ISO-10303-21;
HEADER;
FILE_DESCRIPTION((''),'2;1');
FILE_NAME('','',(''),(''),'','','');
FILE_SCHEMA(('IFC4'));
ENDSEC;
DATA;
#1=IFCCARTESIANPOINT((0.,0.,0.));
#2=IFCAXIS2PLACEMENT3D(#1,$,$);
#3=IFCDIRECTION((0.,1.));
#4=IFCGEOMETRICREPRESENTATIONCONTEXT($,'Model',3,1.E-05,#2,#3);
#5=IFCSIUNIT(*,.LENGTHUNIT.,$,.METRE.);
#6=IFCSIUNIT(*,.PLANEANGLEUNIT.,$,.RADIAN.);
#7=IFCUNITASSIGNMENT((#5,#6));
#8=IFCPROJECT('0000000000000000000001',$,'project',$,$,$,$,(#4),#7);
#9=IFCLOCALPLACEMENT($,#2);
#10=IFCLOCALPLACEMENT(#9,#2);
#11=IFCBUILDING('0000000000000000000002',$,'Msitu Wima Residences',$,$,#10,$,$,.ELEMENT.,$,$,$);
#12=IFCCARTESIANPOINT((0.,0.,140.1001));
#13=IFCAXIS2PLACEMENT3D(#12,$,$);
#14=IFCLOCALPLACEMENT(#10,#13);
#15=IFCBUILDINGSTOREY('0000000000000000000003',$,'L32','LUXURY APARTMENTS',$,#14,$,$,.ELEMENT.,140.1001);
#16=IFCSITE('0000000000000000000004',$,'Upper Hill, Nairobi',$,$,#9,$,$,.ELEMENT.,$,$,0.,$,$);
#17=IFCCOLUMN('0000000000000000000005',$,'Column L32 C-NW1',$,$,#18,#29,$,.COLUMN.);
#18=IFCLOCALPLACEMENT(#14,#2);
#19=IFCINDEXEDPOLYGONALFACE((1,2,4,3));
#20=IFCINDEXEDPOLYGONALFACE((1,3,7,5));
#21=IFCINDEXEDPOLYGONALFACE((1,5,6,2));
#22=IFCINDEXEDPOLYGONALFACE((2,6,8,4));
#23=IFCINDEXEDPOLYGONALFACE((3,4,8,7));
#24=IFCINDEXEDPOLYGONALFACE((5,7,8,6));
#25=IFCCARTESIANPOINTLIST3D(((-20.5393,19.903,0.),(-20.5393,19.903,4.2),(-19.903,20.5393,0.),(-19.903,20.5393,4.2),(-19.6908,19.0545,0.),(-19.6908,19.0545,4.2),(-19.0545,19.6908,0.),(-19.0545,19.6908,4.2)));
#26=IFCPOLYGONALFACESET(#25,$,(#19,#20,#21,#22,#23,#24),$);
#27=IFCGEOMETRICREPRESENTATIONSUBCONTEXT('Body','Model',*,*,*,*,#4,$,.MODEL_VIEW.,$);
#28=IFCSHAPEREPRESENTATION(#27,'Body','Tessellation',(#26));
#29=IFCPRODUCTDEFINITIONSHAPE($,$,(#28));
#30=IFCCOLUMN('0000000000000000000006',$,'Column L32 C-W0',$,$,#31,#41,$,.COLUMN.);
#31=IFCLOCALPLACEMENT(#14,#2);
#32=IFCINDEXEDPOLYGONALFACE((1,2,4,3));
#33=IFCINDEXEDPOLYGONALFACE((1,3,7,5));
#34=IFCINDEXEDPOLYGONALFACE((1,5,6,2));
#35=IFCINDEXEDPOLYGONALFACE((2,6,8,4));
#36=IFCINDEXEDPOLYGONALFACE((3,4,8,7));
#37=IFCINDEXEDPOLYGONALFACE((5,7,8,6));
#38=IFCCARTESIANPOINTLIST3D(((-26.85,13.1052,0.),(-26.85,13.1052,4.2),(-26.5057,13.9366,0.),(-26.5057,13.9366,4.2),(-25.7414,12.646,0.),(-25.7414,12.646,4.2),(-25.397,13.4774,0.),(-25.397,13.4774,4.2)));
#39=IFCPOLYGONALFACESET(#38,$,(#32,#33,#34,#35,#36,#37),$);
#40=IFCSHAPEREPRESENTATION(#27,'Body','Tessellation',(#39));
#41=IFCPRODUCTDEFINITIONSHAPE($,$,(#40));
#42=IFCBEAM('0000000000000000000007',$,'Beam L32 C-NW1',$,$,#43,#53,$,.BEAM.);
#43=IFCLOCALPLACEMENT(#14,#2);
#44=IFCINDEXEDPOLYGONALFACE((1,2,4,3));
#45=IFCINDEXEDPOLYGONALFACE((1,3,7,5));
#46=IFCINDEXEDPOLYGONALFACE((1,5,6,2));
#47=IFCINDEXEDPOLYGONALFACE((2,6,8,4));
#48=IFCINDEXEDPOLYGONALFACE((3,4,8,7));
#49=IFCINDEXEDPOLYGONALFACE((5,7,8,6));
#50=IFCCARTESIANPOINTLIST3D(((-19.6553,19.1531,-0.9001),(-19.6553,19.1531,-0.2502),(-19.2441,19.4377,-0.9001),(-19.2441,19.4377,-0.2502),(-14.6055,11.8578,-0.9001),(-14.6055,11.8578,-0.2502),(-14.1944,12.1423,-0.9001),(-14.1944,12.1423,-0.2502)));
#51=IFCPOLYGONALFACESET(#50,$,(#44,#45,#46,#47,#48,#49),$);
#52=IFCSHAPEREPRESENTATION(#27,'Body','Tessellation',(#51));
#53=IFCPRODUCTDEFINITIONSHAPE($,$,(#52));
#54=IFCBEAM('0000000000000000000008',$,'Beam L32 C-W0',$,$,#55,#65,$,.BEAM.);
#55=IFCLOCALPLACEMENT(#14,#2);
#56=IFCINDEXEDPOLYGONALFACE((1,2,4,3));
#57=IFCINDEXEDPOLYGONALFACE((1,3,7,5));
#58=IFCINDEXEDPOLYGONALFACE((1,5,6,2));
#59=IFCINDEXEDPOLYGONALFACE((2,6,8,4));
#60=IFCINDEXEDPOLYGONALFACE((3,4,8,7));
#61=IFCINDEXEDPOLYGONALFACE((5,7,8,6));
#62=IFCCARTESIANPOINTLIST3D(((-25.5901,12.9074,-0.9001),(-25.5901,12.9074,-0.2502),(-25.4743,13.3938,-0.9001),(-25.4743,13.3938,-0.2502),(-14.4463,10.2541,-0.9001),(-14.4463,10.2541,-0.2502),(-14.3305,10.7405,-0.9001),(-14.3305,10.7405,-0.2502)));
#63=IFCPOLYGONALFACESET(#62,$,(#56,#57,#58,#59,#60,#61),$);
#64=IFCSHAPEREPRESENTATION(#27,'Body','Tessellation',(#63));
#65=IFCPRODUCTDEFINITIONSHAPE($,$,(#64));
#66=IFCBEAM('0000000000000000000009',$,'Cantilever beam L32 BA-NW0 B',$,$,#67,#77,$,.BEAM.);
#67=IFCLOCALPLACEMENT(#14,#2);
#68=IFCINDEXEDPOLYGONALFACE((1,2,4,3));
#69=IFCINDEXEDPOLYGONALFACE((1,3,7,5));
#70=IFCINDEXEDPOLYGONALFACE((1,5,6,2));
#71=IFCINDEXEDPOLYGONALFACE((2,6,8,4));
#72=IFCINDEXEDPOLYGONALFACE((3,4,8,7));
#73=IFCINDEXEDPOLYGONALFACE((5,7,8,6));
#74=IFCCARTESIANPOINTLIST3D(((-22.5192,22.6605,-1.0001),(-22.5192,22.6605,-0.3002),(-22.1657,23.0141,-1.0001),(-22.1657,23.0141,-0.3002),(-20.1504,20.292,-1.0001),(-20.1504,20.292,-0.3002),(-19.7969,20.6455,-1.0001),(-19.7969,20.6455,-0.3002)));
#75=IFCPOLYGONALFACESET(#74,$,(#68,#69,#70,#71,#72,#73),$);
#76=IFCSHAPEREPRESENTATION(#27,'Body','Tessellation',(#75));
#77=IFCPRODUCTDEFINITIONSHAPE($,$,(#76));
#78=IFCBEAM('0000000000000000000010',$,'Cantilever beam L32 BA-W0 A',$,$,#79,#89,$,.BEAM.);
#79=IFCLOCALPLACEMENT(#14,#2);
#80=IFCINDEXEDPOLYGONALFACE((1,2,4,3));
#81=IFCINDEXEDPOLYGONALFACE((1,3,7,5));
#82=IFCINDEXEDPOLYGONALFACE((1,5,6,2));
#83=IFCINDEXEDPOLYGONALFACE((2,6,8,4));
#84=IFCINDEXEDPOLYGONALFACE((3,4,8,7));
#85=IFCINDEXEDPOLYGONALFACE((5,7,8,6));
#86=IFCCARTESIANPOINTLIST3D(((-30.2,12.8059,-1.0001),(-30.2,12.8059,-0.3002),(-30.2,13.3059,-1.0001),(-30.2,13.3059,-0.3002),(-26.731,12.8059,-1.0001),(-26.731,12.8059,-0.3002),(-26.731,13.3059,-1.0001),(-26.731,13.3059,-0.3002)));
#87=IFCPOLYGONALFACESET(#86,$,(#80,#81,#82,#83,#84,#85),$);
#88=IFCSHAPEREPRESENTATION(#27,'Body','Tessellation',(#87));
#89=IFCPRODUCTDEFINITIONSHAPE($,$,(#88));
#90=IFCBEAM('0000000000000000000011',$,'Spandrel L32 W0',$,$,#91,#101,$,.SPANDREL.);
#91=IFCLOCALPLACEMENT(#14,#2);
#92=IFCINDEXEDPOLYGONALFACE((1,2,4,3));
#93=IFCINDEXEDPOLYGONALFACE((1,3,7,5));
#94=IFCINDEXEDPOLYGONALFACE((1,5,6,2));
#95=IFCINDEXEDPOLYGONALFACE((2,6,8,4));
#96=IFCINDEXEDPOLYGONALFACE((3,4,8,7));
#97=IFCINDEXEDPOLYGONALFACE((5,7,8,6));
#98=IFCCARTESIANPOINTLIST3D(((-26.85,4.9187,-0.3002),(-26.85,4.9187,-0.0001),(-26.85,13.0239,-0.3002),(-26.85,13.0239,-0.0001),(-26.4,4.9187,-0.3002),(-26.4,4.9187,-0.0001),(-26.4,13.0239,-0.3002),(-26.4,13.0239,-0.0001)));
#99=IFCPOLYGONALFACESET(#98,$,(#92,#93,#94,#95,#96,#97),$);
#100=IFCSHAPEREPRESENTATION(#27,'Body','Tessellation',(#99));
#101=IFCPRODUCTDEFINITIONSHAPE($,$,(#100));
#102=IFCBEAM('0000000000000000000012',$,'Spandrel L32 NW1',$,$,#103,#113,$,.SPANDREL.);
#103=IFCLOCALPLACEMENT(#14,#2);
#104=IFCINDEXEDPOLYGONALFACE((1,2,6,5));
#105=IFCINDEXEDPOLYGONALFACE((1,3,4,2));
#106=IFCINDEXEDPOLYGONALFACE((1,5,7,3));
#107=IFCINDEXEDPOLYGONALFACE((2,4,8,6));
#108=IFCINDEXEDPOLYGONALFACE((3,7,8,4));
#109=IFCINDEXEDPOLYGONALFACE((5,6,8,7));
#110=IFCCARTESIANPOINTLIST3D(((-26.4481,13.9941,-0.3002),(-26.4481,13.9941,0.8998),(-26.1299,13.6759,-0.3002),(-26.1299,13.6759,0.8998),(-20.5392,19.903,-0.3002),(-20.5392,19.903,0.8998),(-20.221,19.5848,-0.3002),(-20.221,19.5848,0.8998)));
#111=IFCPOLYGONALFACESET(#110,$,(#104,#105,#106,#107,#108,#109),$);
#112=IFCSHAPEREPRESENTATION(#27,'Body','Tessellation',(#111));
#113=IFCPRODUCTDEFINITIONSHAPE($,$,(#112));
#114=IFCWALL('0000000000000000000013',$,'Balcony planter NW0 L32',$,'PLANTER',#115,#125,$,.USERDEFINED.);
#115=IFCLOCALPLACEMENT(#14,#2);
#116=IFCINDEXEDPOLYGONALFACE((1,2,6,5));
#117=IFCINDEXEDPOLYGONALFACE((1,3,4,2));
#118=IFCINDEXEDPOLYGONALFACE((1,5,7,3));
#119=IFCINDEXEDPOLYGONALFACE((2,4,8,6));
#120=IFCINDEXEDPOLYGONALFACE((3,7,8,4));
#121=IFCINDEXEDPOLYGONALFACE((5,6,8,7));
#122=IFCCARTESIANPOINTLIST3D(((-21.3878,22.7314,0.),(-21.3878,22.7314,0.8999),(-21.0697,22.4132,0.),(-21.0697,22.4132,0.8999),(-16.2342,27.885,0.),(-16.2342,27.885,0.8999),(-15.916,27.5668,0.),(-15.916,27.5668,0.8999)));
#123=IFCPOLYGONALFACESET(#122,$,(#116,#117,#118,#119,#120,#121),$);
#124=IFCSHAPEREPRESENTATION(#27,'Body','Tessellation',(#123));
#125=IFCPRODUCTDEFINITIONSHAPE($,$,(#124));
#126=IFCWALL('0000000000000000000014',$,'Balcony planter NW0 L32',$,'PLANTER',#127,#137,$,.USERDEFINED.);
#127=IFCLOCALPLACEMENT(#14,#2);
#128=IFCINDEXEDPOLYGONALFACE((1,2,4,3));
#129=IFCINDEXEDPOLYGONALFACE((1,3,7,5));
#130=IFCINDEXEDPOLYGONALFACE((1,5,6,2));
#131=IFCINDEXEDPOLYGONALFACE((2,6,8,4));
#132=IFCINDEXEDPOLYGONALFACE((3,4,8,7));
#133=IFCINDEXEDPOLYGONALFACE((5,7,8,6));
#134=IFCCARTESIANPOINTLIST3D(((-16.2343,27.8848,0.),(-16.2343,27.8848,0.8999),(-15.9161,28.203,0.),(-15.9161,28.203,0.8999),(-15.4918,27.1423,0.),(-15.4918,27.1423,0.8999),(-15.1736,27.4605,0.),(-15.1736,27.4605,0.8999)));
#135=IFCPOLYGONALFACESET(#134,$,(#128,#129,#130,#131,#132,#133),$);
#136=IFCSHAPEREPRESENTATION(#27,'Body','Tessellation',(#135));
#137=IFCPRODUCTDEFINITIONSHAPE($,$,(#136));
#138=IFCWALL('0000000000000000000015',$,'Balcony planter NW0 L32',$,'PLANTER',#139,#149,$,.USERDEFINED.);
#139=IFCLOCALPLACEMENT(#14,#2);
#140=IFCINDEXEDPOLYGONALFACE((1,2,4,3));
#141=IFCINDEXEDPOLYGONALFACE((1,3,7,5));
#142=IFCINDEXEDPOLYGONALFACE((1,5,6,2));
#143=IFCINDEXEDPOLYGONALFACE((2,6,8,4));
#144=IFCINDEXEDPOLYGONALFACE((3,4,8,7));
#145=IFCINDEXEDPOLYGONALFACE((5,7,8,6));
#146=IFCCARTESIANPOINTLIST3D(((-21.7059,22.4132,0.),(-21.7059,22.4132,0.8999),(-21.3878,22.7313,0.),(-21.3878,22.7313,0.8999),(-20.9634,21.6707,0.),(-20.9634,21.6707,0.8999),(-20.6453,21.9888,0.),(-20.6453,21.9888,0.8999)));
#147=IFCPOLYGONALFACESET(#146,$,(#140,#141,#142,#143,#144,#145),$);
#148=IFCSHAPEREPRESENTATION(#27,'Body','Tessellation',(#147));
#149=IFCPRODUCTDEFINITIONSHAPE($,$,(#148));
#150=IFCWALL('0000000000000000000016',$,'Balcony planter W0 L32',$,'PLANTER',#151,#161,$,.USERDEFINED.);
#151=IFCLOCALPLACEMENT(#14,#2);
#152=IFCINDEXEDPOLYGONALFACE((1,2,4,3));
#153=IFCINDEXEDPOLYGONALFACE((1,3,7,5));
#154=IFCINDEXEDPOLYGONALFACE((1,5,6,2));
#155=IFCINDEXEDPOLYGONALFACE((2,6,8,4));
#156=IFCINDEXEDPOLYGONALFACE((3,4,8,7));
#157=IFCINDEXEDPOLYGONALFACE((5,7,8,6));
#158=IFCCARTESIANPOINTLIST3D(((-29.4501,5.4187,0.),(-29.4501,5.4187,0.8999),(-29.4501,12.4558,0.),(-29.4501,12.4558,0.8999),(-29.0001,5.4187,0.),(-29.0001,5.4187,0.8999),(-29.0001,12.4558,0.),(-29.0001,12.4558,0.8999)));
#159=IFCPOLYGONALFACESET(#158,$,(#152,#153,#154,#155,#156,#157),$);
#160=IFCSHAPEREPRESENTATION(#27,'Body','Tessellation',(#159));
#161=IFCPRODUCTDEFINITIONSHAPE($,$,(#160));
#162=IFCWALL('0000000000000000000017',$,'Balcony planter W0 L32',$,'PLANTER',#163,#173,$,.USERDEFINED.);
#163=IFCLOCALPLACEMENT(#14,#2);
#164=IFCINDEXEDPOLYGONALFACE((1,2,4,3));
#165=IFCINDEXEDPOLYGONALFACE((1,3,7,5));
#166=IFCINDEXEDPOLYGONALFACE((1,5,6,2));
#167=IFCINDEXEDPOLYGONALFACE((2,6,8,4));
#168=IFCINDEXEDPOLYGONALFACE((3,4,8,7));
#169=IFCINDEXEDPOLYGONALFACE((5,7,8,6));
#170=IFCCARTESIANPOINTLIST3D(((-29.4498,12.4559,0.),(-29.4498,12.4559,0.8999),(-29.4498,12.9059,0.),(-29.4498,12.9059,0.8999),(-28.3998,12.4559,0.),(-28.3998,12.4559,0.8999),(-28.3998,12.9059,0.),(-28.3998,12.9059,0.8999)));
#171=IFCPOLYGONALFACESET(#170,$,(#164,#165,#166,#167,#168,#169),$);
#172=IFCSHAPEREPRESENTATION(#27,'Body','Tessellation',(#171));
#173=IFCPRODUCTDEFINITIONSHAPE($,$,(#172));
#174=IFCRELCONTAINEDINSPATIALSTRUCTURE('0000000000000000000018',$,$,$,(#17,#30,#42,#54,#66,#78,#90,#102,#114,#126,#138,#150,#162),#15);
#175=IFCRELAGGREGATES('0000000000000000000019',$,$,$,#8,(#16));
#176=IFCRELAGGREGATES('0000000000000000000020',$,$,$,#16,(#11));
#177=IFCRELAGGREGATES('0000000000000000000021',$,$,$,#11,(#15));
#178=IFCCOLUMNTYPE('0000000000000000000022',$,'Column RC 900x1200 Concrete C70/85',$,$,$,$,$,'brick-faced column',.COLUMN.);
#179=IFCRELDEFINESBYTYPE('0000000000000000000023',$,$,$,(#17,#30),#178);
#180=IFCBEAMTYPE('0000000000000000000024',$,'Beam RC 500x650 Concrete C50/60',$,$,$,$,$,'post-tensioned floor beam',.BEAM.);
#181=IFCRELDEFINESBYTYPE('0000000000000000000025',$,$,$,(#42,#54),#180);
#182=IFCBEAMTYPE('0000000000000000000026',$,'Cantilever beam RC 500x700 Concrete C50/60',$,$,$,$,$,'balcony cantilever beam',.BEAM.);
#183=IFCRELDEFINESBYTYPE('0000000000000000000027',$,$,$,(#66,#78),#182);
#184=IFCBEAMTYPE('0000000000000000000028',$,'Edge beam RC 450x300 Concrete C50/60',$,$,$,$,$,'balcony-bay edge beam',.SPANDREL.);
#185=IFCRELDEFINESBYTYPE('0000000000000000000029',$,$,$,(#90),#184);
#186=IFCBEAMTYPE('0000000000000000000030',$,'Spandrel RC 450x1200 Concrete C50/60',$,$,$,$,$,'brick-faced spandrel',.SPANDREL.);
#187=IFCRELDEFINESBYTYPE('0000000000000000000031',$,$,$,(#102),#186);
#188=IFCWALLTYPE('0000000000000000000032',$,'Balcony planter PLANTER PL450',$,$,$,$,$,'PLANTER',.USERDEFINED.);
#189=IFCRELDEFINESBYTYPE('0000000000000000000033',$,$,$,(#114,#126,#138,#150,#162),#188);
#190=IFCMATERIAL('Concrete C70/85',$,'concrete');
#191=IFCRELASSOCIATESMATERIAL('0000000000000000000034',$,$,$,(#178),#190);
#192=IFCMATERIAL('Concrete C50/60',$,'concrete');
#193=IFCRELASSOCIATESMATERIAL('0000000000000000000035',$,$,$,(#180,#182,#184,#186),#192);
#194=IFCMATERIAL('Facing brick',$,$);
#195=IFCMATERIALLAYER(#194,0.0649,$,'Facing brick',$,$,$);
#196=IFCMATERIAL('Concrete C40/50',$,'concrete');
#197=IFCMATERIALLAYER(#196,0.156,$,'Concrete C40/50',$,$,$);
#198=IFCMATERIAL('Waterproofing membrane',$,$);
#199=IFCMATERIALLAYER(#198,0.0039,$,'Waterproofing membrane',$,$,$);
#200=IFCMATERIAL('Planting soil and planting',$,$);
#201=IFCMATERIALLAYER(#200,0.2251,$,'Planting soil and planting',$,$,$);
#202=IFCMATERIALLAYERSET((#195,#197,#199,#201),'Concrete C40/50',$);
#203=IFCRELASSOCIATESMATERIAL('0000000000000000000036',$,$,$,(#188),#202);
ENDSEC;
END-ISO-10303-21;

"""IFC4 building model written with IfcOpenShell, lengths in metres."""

from ifc_helpers import new_model, si_unit, direction, frame, frame_2d, origin, origin_2d, place, context, subcontext, project, spatial, rectangle, extrude, material, layer, layer_set, material_profile, profile_set, type_object, element, save


model = new_model("IFC4")

# Units and contexts
model_context = context("Model", 3, precision=1e-05, world=origin(), true_north=direction((0.0, 1.0)))
body_context = subcontext(model_context, "Body", "Model", "MODEL_VIEW")
ifc_project = project(units=[si_unit("LENGTHUNIT", "METRE"), si_unit("PLANEANGLEUNIT", "RADIAN")], contexts=[model_context])

# Site, building, storey
site_placement = place(None, origin())
site = spatial("IfcSite", under=ifc_project, at=site_placement, Name="Upper Hill, Nairobi", CompositionType="ELEMENT", RefElevation=0.0)
building_placement = place(site_placement, origin())
building = spatial("IfcBuilding", under=site, at=building_placement, Name="Msitu Wima Residences", CompositionType="ELEMENT")
storey_placement = place(building_placement, frame((0.0, 0.0, 140.1001)))
storey = spatial("IfcBuildingStorey", under=building, at=storey_placement, Name="L32", Description="LUXURY APARTMENTS", CompositionType="ELEMENT", Elevation=140.1001)

# Columns
ifc_material_1 = material(Name="Concrete C70/85", Category="concrete")
ifc_material_profile_1 = material_profile(ifc_material_1, rectangle(XDim=0.8999, YDim=1.2, at=origin_2d()), Name="RC 900x1200")
ifc_profile_set_1 = profile_set([ifc_material_profile_1], Name="Concrete C70/85")
column_type = type_object("IfcColumnType", Name="Column RC 900x1200 Concrete C70/85", ElementType="brick-faced column", PredefinedType="COLUMN", material=ifc_profile_set_1)
for number, where, z_axis, x_axis, name in (
    (1, (-19.7969, 19.7969, 0.0), (0.0, 0.0, 1.0), (-0.707107, -0.707107, 0.0), "Column L32 C-NW1"),
    (2, (-26.1235, 13.2913, 0.0), (0.0, 0.0, 1.0), (-0.382683, -0.92388, 0.0), "Column L32 C-W0"),
):
    element("IfcColumn", number, at=place(storey_placement, frame(where, z_axis=z_axis, x_axis=x_axis)), inside=storey, type_object=column_type, Name=name, PredefinedType="COLUMN", context=body_context, shape_type="SweptSolid", body=[
        extrude(rectangle(XDim=0.8999, YDim=1.2, at=origin_2d()), origin(), (0.0, 0.0, 1.0), 4.2),
    ])

# Beams
ifc_material_2 = material(Name="Concrete C50/60", Category="concrete")
ifc_material_profile_2 = material_profile(ifc_material_2, rectangle(XDim=0.5, YDim=0.6499, at=origin_2d()), Name="RC 500x650")
ifc_profile_set_2 = profile_set([ifc_material_profile_2], Name="Concrete C50/60")
beam_type_1 = type_object("IfcBeamType", Name="Beam RC 500x650 Concrete C50/60", ElementType="post-tensioned floor beam", PredefinedType="BEAM", material=ifc_profile_set_2)
beam_1_placement = place(storey_placement, frame((-19.4497, 19.2954, -0.5752), z_axis=(0.569144, -0.822238, 0.0), x_axis=(0.822238, 0.569144, 0.0)))
element("IfcBeam", 3, at=beam_1_placement, inside=storey, type_object=beam_type_1, Name="Beam L32 C-NW1", PredefinedType="BEAM", context=body_context, shape_type="SweptSolid", body=[
    extrude(rectangle(XDim=0.5, YDim=0.6499, at=origin_2d()), origin(), (0.0, 0.0, 1.0), 8.8726),
])
beam_2_placement = place(storey_placement, frame((-25.5322, 13.1506, -0.5752), z_axis=(0.972806, -0.231623, 0.0), x_axis=(0.231623, 0.972806, 0.0)))
element("IfcBeam", 4, at=beam_2_placement, inside=storey, type_object=beam_type_1, Name="Beam L32 C-W0", PredefinedType="BEAM", context=body_context, shape_type="SweptSolid", body=[
    extrude(rectangle(XDim=0.5, YDim=0.6499, at=origin_2d()), origin(), (0.0, 0.0, 1.0), 11.4553),
])
ifc_material_profile_3 = material_profile(ifc_material_2, rectangle(XDim=0.5, YDim=0.7, at=origin_2d()), Name="RC 500x700")
ifc_profile_set_3 = profile_set([ifc_material_profile_3], Name="Concrete C50/60")
beam_type_2 = type_object("IfcBeamType", Name="Cantilever beam RC 500x700 Concrete C50/60", ElementType="balcony cantilever beam", PredefinedType="BEAM", material=ifc_profile_set_3)
beam_3_placement = place(storey_placement, frame((-19.9736, 20.4688, -0.6501), z_axis=(-0.707143, 0.70707, 0.0), x_axis=(-0.70707, -0.707143, 0.0)))
element("IfcBeam", 5, at=beam_3_placement, inside=storey, type_object=beam_type_2, Name="Cantilever beam L32 BA-NW0 B", PredefinedType="BEAM", context=body_context, shape_type="SweptSolid", body=[
    extrude(rectangle(XDim=0.5, YDim=0.7, at=origin_2d()), origin(), (0.0, 0.0, 1.0), 3.3499),
])
beam_4_placement = place(storey_placement, frame((-26.731, 13.0559, -0.6501), z_axis=(-1.0, 0.0, 0.0), x_axis=(0.0, -1.0, 0.0)))
element("IfcBeam", 6, at=beam_4_placement, inside=storey, type_object=beam_type_2, Name="Cantilever beam L32 BA-W0 A", PredefinedType="BEAM", context=body_context, shape_type="SweptSolid", body=[
    extrude(rectangle(XDim=0.5, YDim=0.7, at=origin_2d()), origin(), (0.0, 0.0, 1.0), 3.469),
])
ifc_material_profile_4 = material_profile(ifc_material_2, rectangle(XDim=0.45, YDim=0.3, at=origin_2d()), Name="RC 450x300")
ifc_profile_set_4 = profile_set([ifc_material_profile_4], Name="Concrete C50/60")
beam_type_3 = type_object("IfcBeamType", Name="Edge beam RC 450x300 Concrete C50/60", ElementType="balcony-bay edge beam", PredefinedType="SPANDREL", material=ifc_profile_set_4)
beam_5_placement = place(storey_placement, frame((-26.625, 13.0239, -0.1501), z_axis=(0.0, -1.0, 0.0), x_axis=(1.0, 0.0, 0.0)))
element("IfcBeam", 7, at=beam_5_placement, inside=storey, type_object=beam_type_3, Name="Spandrel L32 W0", PredefinedType="SPANDREL", context=body_context, shape_type="SweptSolid", body=[
    extrude(rectangle(XDim=0.45, YDim=0.3, at=origin_2d()), origin(), (0.0, 0.0, 1.0), 8.1052),
])
ifc_material_profile_5 = material_profile(ifc_material_2, rectangle(XDim=0.45, YDim=1.2, at=origin_2d()), Name="RC 450x1200")
ifc_profile_set_5 = profile_set([ifc_material_profile_5], Name="Concrete C50/60")
beam_type_4 = type_object("IfcBeamType", Name="Spandrel RC 450x1200 Concrete C50/60", ElementType="brick-faced spandrel", PredefinedType="SPANDREL", material=ifc_profile_set_5)
beam_6_placement = place(storey_placement, frame((-20.3801, 19.7439, 0.2998), z_axis=(-0.707107, -0.707107, 0.0), x_axis=(0.707107, -0.707107, 0.0)))
element("IfcBeam", 8, at=beam_6_placement, inside=storey, type_object=beam_type_4, Name="Spandrel L32 NW1", PredefinedType="SPANDREL", context=body_context, shape_type="SweptSolid", body=[
    extrude(rectangle(XDim=0.45, YDim=1.2, at=origin_2d()), origin(), (0.0, 0.0, 1.0), 8.3564),
])

# Walls
ifc_material_3 = material(Name="Facing brick")
ifc_layer_1 = layer(ifc_material_3, 0.0649, Name="Facing brick")
ifc_material_4 = material(Name="Concrete C40/50", Category="concrete")
ifc_layer_2 = layer(ifc_material_4, 0.156, Name="Concrete C40/50")
ifc_material_5 = material(Name="Waterproofing membrane")
ifc_layer_3 = layer(ifc_material_5, 0.0039, Name="Waterproofing membrane")
ifc_material_6 = material(Name="Planting soil and planting")
ifc_layer_4 = layer(ifc_material_6, 0.2251, Name="Planting soil and planting")
ifc_layer_set_1 = layer_set([ifc_layer_1, ifc_layer_2, ifc_layer_3, ifc_layer_4], Name="Concrete C40/50")
wall_type_1 = type_object("IfcWallType", Name="Balcony planter PLANTER PL450", ElementType="PLANTER", PredefinedType="USERDEFINED", material=ifc_layer_set_1)
wall_1_placement = place(storey_placement, frame((-16.0752, 27.7258, 0.0), z_axis=(0.0, 0.0, 1.0), x_axis=(-0.707107, -0.707107, 0.0)))
element("IfcWall", 9, at=wall_1_placement, inside=storey, type_object=wall_type_1, Name="Balcony planter NW0 L32", ObjectType="PLANTER", PredefinedType="USERDEFINED", context=body_context, shape_type="SweptSolid", body=[
    extrude(rectangle(XDim=7.2883, YDim=0.45, at=frame_2d((3.644, 0.0))), origin(), (0.0, 0.0, 1.0), 0.8999),
])
for number, where, z_axis, x_axis, name in (
    (10, (-15.3328, 27.3015, 0.0), (0.0, 0.0, 1.0), (-0.707107, 0.707107, 0.0), "Balcony planter NW0 L32"),
    (11, (-20.8044, 21.8298, 0.0), (0.0, 0.0, 1.0), (-0.707107, 0.707107, 0.0), "Balcony planter NW0 L32"),
):
    element("IfcWall", number, at=place(storey_placement, frame(where, z_axis=z_axis, x_axis=x_axis)), inside=storey, type_object=wall_type_1, Name=name, ObjectType="PLANTER", PredefinedType="USERDEFINED", context=body_context, shape_type="SweptSolid", body=[
        extrude(rectangle(XDim=1.05, YDim=0.45, at=frame_2d((0.5249, 0.0))), origin(), (0.0, 0.0, 1.0), 0.8999),
    ])
wall_2_placement = place(storey_placement, frame((-29.2251, 12.4558, 0.0), z_axis=(0.0, 0.0, 1.0), x_axis=(0.0, -1.0, 0.0)))
element("IfcWall", 12, at=wall_2_placement, inside=storey, type_object=wall_type_1, Name="Balcony planter W0 L32", ObjectType="PLANTER", PredefinedType="USERDEFINED", context=body_context, shape_type="SweptSolid", body=[
    extrude(rectangle(XDim=7.0371, YDim=0.45, at=frame_2d((3.5186, 0.0))), origin(), (0.0, 0.0, 1.0), 0.8999),
])
wall_3_placement = place(storey_placement, frame((-28.3999, 12.6809, 0.0), z_axis=(0.0, 0.0, 1.0), x_axis=(-1.0, 0.0, 0.0)))
element("IfcWall", 13, at=wall_3_placement, inside=storey, type_object=wall_type_1, Name="Balcony planter W0 L32", ObjectType="PLANTER", PredefinedType="USERDEFINED", context=body_context, shape_type="SweptSolid", body=[
    extrude(rectangle(XDim=1.05, YDim=0.45, at=frame_2d((0.5249, 0.0))), origin(), (0.0, 0.0, 1.0), 0.8999),
])

save(model, "model.ifc")
